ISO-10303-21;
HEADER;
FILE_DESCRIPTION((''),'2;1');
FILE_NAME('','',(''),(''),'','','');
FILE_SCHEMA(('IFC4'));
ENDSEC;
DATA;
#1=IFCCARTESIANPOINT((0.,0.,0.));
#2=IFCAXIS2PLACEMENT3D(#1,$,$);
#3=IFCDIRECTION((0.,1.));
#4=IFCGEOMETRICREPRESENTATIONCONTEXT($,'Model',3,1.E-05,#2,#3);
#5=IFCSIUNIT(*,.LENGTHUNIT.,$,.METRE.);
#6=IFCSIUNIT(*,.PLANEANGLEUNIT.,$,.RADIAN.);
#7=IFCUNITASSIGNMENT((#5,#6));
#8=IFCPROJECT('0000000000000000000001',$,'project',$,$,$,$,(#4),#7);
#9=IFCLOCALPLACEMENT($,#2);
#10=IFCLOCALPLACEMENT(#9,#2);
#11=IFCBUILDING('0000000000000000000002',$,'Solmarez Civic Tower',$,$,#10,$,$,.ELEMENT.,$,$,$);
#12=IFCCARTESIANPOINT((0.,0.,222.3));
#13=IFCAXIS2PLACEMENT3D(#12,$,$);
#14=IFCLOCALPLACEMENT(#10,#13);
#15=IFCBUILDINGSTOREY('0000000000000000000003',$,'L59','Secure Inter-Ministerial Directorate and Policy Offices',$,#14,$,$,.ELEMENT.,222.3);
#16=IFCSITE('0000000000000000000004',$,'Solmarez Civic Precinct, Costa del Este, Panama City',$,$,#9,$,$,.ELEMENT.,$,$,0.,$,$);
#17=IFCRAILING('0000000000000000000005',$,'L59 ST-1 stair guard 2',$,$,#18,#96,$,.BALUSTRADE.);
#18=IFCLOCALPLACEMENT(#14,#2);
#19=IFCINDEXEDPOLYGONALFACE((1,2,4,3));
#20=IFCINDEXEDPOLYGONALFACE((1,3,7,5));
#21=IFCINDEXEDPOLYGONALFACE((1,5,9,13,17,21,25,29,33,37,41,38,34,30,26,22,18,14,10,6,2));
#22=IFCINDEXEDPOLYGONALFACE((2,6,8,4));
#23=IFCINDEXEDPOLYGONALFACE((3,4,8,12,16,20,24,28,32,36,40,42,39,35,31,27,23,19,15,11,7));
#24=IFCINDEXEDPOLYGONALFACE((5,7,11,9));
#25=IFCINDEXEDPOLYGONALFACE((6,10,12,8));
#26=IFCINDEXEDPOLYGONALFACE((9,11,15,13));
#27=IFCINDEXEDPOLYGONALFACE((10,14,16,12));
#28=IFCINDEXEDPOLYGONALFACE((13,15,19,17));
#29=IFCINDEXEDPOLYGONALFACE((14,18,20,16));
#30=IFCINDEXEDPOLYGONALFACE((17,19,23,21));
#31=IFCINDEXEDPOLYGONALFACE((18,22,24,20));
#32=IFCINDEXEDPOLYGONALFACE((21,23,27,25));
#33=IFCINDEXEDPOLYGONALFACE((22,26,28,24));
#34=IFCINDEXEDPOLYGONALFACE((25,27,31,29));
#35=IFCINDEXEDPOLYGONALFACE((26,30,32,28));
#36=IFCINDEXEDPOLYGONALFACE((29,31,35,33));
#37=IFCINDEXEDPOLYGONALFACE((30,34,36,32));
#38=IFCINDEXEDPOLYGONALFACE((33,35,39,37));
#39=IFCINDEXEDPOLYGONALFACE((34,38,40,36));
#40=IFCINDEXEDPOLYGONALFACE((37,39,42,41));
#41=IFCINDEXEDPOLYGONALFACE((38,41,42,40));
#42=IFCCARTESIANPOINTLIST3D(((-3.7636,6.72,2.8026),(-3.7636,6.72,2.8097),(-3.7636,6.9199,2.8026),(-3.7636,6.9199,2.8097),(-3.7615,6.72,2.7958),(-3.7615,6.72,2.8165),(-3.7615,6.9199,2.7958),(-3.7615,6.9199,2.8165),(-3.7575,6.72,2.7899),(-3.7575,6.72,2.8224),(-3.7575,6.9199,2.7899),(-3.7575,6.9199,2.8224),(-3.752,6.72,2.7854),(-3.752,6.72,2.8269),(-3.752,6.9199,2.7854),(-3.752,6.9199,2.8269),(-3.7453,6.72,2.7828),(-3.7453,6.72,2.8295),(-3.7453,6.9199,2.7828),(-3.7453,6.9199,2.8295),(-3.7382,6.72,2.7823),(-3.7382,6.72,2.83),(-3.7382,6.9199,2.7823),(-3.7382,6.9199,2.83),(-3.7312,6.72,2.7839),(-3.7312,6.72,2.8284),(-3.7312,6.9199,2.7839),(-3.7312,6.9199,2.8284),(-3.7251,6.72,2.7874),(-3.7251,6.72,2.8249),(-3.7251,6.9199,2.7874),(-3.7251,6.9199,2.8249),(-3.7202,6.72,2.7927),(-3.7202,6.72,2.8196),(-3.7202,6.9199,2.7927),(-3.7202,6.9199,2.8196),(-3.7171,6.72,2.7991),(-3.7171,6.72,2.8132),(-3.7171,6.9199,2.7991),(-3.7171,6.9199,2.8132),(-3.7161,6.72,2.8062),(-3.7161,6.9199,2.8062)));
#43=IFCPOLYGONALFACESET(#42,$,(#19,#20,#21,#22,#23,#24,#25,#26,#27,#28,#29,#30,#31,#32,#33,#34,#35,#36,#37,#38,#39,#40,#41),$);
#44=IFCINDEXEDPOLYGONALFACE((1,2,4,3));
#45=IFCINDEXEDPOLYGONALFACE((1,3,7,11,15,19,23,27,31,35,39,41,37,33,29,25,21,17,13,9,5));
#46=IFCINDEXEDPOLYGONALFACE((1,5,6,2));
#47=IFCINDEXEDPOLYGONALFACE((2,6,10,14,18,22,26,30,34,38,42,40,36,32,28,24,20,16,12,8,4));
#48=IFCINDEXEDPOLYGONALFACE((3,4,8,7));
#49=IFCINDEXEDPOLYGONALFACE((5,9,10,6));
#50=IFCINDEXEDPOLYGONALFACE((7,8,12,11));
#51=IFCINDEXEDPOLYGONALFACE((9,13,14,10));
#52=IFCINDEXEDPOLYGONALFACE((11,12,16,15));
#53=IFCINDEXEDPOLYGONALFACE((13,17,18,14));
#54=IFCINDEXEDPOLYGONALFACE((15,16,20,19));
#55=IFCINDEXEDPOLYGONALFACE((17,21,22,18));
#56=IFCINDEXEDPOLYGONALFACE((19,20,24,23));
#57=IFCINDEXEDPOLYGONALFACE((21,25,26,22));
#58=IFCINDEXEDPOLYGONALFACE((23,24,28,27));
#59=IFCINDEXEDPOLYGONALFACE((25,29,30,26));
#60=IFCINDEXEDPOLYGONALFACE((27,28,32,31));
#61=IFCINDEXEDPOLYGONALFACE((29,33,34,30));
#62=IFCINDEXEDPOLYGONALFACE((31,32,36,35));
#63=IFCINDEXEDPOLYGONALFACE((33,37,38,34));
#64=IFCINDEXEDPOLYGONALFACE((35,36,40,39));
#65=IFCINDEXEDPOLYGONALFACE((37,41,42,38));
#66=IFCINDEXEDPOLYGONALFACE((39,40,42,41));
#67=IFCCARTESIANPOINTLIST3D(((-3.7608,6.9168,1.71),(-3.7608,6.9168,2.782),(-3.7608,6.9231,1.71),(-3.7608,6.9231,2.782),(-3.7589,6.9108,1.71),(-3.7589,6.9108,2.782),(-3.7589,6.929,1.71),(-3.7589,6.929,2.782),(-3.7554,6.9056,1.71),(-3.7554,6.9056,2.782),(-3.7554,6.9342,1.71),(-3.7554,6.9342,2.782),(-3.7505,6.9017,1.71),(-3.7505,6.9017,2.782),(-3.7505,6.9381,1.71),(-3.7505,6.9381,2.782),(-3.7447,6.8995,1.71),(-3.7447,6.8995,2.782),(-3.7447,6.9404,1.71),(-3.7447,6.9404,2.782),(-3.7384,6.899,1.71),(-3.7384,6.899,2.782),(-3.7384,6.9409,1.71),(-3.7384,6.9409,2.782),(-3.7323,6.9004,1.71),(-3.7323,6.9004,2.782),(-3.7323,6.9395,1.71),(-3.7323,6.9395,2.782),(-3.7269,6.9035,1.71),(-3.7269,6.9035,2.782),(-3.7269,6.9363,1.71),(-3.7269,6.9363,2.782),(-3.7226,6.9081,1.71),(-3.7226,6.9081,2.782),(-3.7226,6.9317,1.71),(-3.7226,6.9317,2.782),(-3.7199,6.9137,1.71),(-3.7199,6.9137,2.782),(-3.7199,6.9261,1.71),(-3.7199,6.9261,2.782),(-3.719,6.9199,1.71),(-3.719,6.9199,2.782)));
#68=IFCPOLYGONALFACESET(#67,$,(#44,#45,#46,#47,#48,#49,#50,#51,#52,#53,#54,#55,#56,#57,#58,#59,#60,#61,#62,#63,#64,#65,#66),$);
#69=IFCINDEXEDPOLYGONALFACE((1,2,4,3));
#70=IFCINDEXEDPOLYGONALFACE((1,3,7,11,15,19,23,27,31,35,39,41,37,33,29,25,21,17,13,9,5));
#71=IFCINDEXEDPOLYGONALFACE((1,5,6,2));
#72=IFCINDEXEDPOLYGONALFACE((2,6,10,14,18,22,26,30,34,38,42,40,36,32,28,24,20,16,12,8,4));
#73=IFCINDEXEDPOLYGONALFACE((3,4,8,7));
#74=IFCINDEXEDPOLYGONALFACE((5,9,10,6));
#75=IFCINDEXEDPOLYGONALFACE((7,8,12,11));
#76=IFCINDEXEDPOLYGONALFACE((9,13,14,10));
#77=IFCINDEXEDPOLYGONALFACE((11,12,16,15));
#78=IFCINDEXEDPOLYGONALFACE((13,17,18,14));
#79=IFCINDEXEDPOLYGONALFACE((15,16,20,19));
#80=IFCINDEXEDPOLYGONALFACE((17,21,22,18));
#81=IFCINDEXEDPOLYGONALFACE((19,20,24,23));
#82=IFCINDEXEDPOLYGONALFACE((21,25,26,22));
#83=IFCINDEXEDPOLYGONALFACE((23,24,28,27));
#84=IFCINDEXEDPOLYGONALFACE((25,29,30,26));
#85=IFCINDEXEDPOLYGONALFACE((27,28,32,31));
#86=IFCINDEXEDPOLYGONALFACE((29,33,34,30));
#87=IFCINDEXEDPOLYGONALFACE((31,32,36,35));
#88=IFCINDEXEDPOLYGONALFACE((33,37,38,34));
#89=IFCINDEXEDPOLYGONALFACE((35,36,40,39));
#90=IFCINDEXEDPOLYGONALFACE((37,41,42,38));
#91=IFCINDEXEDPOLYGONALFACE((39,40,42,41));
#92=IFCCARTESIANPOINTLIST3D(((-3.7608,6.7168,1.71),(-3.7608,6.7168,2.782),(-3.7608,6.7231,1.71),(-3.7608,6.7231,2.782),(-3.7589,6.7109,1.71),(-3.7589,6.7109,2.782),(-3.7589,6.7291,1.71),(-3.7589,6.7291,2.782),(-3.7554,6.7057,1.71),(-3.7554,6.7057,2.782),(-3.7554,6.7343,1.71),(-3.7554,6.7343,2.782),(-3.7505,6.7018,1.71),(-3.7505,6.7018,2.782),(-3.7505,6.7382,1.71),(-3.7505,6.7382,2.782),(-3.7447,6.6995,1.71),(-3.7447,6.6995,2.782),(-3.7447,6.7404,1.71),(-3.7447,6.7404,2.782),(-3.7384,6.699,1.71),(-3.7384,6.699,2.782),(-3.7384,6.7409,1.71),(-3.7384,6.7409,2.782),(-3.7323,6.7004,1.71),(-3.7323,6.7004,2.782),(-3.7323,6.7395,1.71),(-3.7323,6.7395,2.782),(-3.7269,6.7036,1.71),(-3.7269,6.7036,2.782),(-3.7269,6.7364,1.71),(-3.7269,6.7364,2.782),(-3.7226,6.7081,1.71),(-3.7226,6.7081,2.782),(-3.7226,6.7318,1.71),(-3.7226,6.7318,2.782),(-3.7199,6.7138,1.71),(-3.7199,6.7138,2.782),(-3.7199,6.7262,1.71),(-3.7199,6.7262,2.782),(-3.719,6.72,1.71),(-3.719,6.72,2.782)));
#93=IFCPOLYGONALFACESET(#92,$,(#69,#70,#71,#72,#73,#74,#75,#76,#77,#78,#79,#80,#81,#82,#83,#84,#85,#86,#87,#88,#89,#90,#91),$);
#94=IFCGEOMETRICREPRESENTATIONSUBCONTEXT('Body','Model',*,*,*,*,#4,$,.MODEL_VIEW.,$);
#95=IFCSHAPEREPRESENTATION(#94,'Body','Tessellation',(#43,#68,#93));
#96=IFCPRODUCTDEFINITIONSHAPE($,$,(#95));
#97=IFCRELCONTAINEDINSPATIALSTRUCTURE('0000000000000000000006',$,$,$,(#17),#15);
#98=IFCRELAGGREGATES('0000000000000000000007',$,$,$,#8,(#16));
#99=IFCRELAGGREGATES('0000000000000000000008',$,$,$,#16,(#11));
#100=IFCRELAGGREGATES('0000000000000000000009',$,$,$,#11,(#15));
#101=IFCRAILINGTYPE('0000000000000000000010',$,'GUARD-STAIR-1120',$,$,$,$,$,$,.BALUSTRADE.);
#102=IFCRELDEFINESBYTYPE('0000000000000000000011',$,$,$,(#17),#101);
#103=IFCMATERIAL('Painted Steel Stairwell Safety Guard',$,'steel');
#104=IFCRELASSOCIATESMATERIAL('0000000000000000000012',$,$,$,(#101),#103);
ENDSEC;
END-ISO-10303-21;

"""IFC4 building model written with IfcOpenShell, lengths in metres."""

from ifc_helpers import new_model, si_unit, direction, frame, origin, origin_2d, place, context, subcontext, project, spatial, circle, extrude, material, type_object, element, save


model = new_model("IFC4")

# Units and contexts
model_context = context("Model", 3, precision=1e-05, world=origin(), true_north=direction((0.0, 1.0)))
body_context = subcontext(model_context, "Body", "Model", "MODEL_VIEW")
ifc_project = project(units=[si_unit("LENGTHUNIT", "METRE"), si_unit("PLANEANGLEUNIT", "RADIAN")], contexts=[model_context])

# Site, building, storey
site_placement = place(None, origin())
site = spatial("IfcSite", under=ifc_project, at=site_placement, Name="Solmarez Civic Precinct, Costa del Este, Panama City", CompositionType="ELEMENT", RefElevation=0.0)
building_placement = place(site_placement, origin())
building = spatial("IfcBuilding", under=site, at=building_placement, Name="Solmarez Civic Tower", CompositionType="ELEMENT")
storey_placement = place(building_placement, frame((0.0, 0.0, 222.3)))
storey = spatial("IfcBuildingStorey", under=building, at=storey_placement, Name="L59", Description="Secure Inter-Ministerial Directorate and Policy Offices", CompositionType="ELEMENT", Elevation=222.3)

# Railing
ifc_material_1 = material(Name="Painted Steel Stairwell Safety Guard", Category="steel")
railing_type_1 = type_object("IfcRailingType", Name="GUARD-STAIR-1120", PredefinedType="BALUSTRADE", material=ifc_material_1)
railing_1_placement = place(storey_placement, frame((-3.74, 6.9199, 1.71)))
element("IfcRailing", 1, at=railing_1_placement, inside=storey, type_object=railing_type_1, Name="L59 ST-1 stair guard 2", PredefinedType="BALUSTRADE", context=body_context, shape_type="SweptSolid", body=[
    extrude(circle(Radius=0.0239, at=origin_2d()), frame((0.0, 0.0, 1.0962), z_axis=(0.0, -1.0, 0.0), x_axis=(1.0, 0.0, 0.0)), (0.0, 0.0, 1.0), 0.2),
    extrude(circle(Radius=0.021, at=origin_2d()), origin(), (0.0, 0.0, 1.0), 1.072),
    extrude(circle(Radius=0.021, at=origin_2d()), frame((0.0, -0.2, 0.0)), (0.0, 0.0, 1.0), 1.072),
])

save(model, "model.ifc")
